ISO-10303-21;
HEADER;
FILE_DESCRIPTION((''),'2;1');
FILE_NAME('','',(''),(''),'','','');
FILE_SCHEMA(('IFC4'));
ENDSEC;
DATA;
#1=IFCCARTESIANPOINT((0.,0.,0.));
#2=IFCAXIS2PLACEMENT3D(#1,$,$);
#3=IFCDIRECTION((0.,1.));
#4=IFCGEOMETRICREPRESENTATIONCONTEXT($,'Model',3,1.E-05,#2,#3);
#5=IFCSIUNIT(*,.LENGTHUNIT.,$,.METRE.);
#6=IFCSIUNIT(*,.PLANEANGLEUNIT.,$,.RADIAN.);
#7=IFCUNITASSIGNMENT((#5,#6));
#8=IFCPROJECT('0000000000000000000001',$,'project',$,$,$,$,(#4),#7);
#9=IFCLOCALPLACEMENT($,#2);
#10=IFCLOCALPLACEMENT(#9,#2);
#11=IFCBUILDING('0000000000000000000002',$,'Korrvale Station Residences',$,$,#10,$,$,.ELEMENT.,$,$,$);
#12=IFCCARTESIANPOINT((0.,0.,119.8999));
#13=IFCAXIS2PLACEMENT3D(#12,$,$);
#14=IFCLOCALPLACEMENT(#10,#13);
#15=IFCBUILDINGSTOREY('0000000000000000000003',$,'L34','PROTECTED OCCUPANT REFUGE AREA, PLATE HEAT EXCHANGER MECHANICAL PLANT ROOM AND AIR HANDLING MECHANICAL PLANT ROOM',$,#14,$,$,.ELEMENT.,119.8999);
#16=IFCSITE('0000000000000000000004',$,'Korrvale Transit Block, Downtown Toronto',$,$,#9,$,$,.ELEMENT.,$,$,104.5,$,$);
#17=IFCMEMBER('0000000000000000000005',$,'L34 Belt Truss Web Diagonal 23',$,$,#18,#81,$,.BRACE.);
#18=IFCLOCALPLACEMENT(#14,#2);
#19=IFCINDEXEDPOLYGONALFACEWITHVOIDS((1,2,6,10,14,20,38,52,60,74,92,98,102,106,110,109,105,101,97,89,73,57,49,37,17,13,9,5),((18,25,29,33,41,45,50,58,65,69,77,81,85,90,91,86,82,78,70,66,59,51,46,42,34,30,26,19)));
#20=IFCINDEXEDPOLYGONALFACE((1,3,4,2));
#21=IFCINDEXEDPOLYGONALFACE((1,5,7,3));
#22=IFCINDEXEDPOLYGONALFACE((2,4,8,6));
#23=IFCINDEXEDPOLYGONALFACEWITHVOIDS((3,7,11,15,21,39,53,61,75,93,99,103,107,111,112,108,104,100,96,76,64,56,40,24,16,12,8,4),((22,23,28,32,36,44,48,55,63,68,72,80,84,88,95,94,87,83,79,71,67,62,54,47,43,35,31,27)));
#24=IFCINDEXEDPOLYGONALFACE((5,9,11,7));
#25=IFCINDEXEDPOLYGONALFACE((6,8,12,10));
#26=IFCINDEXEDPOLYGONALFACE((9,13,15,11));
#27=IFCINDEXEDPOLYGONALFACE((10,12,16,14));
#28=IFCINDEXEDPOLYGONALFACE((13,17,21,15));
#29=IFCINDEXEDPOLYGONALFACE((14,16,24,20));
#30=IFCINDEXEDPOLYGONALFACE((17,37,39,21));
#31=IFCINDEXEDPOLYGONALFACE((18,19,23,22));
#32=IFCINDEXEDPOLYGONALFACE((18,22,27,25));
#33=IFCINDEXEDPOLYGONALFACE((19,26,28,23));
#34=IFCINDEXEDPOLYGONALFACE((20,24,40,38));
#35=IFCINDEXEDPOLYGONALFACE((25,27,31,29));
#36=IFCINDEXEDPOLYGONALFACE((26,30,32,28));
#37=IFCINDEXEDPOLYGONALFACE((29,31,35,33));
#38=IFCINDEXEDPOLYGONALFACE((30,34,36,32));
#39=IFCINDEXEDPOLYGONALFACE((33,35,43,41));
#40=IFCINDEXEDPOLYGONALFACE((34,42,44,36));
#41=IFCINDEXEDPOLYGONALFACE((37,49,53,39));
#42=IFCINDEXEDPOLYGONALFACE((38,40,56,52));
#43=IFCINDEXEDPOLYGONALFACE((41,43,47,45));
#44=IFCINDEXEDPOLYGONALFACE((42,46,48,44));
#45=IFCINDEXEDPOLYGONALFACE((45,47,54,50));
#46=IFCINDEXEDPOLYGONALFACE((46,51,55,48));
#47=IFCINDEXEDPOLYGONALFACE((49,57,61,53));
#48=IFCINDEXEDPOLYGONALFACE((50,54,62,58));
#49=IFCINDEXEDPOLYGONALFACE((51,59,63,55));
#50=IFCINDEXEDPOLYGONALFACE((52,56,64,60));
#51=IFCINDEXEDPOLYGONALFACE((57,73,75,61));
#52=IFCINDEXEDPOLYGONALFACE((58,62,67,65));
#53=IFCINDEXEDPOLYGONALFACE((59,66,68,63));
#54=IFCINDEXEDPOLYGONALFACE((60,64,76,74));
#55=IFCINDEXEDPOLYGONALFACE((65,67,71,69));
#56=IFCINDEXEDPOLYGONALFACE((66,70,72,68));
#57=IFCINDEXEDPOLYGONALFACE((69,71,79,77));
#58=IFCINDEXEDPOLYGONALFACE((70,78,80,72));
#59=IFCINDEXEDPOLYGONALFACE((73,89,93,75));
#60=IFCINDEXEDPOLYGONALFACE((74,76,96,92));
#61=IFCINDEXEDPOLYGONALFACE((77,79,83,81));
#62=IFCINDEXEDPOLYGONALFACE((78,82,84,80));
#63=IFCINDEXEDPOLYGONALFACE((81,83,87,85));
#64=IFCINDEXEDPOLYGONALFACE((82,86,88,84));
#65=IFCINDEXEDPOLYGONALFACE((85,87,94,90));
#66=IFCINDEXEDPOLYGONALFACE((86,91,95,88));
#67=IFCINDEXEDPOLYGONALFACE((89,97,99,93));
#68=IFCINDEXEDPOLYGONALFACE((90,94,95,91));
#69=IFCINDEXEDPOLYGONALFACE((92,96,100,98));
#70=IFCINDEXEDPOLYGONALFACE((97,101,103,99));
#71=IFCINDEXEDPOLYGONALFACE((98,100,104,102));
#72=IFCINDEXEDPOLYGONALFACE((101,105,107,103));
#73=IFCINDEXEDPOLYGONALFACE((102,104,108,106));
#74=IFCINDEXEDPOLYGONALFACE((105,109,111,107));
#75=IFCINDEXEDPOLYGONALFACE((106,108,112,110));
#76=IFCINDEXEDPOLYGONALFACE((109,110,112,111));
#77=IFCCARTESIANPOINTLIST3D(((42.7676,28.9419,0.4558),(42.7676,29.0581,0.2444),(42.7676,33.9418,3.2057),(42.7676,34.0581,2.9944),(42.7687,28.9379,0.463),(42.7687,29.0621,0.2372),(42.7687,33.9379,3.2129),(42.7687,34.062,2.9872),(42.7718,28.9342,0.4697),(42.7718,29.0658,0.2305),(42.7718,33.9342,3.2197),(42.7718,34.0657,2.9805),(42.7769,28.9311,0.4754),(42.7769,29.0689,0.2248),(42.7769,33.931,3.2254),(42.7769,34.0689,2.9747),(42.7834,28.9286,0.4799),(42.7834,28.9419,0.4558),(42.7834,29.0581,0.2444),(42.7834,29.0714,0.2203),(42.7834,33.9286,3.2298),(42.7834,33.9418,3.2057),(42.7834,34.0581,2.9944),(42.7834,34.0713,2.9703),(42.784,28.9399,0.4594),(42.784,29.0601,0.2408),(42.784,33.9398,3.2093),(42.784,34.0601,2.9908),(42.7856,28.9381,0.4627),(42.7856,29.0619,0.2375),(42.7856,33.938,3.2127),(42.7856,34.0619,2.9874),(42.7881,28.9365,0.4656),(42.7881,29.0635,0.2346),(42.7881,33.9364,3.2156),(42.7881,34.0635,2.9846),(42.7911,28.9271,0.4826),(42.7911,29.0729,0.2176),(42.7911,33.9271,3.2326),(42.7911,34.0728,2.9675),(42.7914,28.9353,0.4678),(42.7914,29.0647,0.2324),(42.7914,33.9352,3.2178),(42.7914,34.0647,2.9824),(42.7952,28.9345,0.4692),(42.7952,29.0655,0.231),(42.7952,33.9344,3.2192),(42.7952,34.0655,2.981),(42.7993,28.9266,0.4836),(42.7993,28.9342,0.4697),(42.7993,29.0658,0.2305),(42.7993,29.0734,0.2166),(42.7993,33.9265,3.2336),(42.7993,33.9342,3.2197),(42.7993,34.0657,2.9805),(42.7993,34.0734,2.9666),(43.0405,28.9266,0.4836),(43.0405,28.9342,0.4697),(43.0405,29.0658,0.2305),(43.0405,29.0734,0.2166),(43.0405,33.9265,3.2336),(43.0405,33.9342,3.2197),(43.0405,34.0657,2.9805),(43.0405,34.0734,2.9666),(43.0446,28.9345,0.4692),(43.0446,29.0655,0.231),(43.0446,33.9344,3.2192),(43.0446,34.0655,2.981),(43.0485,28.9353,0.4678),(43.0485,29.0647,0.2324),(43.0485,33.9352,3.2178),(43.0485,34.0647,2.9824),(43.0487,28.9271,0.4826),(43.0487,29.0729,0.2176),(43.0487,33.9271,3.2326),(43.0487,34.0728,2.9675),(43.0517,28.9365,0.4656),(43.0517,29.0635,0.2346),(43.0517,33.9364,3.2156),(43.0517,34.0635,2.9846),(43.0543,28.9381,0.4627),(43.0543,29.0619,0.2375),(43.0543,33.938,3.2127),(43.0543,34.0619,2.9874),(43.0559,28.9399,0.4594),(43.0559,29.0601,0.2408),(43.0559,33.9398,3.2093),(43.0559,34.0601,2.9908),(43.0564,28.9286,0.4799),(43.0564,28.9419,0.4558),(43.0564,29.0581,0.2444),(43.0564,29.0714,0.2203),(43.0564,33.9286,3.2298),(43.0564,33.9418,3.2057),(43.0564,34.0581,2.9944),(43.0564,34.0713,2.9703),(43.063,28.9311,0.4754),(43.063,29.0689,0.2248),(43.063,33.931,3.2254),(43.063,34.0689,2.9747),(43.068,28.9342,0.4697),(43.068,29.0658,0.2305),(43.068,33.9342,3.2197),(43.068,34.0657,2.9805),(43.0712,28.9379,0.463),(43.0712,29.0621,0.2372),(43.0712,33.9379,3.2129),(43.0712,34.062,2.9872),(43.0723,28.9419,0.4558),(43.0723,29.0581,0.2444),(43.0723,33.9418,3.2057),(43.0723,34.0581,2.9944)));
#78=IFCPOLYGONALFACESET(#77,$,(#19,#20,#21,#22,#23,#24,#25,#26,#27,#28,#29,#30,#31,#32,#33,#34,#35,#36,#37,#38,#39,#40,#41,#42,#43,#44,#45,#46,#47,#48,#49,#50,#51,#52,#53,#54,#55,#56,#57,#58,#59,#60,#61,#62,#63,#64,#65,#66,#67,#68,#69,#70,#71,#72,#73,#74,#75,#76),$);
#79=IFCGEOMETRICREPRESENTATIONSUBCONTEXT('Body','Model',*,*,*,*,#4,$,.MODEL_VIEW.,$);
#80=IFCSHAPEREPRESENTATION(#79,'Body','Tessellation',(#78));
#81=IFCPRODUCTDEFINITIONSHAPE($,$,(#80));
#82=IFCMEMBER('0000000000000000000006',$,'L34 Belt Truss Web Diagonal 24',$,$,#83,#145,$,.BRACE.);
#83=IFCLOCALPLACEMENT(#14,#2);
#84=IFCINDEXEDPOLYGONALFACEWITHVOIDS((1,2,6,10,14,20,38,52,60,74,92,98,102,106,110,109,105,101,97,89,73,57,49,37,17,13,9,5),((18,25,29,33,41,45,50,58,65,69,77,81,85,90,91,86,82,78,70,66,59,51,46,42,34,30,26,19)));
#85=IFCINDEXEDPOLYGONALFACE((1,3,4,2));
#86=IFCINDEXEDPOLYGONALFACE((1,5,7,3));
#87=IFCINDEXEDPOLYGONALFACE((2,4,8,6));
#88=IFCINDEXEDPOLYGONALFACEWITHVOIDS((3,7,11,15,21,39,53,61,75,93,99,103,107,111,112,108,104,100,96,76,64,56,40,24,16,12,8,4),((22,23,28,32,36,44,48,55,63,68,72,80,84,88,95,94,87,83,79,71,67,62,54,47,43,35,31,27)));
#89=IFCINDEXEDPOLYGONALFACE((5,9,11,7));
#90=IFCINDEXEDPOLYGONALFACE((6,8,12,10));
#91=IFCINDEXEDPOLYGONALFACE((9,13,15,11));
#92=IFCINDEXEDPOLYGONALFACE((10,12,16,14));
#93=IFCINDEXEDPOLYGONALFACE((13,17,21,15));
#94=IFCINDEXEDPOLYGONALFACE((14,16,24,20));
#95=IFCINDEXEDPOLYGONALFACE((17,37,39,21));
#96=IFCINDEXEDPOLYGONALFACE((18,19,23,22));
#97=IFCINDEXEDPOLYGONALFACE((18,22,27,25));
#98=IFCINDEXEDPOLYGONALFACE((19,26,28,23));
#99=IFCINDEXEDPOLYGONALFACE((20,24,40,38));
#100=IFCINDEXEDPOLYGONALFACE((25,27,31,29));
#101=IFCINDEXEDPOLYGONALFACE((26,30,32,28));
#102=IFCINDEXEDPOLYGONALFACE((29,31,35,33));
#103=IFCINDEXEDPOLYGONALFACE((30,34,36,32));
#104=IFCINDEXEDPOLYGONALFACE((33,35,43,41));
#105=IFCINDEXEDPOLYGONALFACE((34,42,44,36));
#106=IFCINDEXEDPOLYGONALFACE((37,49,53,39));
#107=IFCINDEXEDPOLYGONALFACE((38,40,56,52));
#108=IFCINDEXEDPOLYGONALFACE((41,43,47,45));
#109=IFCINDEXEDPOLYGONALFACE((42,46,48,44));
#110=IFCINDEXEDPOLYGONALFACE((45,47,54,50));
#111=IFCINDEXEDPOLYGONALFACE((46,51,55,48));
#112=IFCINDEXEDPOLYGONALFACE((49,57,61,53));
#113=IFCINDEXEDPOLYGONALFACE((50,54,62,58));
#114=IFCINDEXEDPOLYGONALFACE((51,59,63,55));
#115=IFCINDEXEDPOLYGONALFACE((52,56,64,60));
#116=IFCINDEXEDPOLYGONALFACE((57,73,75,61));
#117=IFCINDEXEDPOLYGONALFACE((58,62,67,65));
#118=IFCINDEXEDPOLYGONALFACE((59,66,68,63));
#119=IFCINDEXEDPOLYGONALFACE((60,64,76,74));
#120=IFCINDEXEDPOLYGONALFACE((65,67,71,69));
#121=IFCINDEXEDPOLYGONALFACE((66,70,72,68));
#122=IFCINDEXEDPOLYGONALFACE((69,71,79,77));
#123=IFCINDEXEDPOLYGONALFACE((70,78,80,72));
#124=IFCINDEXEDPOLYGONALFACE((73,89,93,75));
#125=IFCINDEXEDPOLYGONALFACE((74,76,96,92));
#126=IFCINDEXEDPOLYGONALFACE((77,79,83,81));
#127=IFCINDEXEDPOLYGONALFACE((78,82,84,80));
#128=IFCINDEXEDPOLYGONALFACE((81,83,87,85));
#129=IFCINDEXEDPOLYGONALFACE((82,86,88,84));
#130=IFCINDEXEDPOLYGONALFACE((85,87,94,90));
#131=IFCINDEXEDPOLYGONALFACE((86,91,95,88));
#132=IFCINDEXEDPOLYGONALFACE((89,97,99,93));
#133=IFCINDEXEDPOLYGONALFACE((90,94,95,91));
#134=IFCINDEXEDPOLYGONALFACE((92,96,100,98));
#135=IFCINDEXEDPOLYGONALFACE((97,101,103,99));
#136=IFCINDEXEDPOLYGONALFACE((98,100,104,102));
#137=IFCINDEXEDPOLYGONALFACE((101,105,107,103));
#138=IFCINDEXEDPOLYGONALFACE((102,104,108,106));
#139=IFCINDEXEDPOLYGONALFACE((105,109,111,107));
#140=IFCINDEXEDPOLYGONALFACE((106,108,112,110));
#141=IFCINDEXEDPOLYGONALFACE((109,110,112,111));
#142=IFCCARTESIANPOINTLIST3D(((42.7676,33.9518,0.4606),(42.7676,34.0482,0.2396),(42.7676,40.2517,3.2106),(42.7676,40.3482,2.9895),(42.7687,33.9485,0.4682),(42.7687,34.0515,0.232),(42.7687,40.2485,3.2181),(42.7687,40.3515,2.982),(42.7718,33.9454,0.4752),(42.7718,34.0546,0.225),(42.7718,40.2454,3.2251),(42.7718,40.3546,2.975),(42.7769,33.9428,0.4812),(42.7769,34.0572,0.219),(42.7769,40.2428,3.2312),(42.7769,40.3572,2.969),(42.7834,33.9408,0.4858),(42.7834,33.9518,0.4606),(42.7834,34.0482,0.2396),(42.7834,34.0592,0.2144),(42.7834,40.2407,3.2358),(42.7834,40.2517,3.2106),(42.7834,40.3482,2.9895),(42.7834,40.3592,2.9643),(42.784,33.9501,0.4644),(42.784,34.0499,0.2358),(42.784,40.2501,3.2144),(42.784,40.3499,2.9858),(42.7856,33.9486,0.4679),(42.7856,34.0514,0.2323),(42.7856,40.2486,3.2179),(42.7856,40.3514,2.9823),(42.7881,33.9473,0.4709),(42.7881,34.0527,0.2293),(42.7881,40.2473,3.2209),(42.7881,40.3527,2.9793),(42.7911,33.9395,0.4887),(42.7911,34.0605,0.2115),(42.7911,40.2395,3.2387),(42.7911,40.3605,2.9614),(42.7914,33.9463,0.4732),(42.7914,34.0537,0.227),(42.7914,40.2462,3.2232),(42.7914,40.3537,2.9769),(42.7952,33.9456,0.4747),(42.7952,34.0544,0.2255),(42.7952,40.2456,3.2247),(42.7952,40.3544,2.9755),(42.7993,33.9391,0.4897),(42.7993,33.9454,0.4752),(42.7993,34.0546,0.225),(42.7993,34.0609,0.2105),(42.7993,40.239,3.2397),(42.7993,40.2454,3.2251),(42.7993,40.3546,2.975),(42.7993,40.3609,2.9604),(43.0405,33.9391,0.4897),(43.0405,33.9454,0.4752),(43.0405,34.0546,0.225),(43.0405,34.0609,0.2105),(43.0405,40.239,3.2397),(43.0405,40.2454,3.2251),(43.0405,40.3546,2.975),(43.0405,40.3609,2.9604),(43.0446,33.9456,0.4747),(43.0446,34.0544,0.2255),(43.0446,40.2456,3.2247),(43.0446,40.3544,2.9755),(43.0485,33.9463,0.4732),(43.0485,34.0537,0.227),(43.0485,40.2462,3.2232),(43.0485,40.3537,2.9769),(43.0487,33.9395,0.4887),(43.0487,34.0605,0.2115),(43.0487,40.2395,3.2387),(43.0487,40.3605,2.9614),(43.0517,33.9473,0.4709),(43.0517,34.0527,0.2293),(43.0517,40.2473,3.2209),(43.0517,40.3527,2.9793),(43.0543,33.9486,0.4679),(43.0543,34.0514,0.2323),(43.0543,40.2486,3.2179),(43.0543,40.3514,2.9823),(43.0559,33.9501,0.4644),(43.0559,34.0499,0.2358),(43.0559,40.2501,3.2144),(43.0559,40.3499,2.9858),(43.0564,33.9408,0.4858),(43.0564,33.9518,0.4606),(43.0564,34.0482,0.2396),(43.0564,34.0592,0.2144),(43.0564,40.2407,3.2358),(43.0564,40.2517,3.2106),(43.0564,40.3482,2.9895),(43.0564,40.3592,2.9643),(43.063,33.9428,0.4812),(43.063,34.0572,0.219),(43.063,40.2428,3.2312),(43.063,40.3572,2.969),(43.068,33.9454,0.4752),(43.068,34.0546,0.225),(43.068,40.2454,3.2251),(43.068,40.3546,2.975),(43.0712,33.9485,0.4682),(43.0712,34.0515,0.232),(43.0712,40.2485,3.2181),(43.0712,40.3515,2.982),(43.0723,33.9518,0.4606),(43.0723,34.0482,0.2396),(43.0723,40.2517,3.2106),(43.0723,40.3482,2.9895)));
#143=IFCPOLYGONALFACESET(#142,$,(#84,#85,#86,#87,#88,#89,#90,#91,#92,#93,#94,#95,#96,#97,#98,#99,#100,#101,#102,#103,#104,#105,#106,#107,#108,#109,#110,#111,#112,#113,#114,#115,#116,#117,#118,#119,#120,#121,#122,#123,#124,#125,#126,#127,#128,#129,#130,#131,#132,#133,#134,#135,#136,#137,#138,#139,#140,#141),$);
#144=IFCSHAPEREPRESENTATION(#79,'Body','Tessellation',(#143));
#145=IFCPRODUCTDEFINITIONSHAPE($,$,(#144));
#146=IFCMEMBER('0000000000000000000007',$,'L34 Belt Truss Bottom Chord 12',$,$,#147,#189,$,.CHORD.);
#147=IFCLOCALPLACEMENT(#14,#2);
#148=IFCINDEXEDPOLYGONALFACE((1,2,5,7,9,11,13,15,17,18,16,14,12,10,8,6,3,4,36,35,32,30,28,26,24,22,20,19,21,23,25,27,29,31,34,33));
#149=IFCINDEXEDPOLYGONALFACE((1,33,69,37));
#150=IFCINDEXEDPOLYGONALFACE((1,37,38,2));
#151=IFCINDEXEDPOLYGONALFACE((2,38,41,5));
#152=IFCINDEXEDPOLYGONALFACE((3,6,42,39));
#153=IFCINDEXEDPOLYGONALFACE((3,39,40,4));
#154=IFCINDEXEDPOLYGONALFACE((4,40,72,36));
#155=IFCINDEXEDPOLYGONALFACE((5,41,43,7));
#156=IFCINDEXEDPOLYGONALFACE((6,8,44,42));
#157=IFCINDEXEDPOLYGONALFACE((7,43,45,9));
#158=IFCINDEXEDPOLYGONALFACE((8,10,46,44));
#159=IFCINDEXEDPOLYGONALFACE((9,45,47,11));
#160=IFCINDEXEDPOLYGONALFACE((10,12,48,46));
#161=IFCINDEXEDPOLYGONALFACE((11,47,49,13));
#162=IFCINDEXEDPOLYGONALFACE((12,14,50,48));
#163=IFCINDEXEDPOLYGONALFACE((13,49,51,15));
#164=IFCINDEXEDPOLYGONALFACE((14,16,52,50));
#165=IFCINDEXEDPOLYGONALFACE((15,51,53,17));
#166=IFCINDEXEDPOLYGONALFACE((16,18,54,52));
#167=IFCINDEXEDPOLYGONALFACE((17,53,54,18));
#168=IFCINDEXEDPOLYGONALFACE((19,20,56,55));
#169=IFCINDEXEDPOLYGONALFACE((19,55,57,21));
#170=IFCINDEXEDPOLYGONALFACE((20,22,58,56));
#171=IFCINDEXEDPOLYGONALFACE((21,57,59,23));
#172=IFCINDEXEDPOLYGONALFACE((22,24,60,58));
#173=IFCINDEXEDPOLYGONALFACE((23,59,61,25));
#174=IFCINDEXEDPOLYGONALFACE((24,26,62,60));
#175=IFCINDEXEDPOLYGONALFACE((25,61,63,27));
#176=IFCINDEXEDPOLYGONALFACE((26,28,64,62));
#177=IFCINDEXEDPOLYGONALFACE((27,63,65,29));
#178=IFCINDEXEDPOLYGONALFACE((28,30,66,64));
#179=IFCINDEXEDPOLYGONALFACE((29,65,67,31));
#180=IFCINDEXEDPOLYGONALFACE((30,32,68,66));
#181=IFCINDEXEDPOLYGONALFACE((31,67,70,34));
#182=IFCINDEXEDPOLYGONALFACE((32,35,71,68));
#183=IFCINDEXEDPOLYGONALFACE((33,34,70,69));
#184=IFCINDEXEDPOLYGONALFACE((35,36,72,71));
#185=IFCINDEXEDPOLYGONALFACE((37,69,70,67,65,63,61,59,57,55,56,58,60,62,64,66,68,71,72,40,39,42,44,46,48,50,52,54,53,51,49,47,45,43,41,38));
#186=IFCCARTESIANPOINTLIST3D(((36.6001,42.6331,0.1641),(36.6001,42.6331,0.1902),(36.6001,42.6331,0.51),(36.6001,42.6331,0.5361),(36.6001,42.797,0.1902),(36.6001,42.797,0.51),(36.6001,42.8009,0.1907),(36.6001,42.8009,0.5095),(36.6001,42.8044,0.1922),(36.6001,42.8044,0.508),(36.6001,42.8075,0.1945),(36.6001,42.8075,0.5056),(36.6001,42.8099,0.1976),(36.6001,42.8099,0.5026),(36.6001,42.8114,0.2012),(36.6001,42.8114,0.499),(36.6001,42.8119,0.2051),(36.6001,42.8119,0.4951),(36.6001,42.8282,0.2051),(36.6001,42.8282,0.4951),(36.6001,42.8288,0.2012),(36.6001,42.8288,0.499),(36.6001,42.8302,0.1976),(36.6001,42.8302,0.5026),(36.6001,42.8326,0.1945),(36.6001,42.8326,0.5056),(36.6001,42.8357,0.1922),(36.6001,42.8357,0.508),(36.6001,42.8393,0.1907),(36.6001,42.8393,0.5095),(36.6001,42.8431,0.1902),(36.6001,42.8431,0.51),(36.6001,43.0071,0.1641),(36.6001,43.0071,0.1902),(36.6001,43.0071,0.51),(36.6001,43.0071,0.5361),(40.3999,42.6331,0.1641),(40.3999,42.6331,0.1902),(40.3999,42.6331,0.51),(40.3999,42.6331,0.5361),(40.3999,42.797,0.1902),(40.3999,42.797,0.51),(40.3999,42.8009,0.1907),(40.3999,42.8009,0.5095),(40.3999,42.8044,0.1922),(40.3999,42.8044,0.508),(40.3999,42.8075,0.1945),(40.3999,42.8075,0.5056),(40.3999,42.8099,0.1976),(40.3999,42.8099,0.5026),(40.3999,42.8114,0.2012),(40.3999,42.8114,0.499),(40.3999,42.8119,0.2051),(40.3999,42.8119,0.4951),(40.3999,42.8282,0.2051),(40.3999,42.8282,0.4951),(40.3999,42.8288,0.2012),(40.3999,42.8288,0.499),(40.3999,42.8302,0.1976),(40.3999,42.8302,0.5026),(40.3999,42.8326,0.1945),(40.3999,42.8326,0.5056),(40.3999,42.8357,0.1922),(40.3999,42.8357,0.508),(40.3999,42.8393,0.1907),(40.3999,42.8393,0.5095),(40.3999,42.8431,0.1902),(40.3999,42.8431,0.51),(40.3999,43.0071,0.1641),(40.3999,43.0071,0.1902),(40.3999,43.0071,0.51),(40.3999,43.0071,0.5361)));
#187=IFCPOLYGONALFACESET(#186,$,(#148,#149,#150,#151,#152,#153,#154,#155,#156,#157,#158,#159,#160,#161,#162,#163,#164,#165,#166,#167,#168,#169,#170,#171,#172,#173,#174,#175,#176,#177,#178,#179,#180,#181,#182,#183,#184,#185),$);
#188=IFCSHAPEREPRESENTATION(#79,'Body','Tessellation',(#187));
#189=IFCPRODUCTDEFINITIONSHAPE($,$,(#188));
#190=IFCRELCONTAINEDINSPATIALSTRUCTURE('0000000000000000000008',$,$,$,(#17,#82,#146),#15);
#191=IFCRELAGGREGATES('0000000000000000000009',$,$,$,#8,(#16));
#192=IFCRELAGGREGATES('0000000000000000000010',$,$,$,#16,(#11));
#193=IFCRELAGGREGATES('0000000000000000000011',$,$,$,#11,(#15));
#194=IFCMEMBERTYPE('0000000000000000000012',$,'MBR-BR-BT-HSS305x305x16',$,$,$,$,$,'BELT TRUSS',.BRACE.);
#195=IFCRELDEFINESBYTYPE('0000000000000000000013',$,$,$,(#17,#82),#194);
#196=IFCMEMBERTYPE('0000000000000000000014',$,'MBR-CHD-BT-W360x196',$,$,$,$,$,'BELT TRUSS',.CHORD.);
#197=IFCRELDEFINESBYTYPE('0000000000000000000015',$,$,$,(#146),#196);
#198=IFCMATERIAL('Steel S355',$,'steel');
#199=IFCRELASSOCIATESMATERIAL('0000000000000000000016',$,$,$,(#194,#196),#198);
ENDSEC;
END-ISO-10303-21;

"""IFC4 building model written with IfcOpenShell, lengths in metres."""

from ifc_helpers import new_model, si_unit, direction, frame, origin, origin_2d, place, context, subcontext, project, spatial, hollow_rectangle, i_section, extrude, material, material_profile, profile_set, type_object, element, save


model = new_model("IFC4")

# Units and contexts
model_context = context("Model", 3, precision=1e-05, world=origin(), true_north=direction((0.0, 1.0)))
body_context = subcontext(model_context, "Body", "Model", "MODEL_VIEW")
ifc_project = project(units=[si_unit("LENGTHUNIT", "METRE"), si_unit("PLANEANGLEUNIT", "RADIAN")], contexts=[model_context])

# Site, building, storey
site_placement = place(None, origin())
site = spatial("IfcSite", under=ifc_project, at=site_placement, Name="Korrvale Transit Block, Downtown Toronto", CompositionType="ELEMENT", RefElevation=104.5)
building_placement = place(site_placement, origin())
building = spatial("IfcBuilding", under=site, at=building_placement, Name="Korrvale Station Residences", CompositionType="ELEMENT")
storey_placement = place(building_placement, frame((0.0, 0.0, 119.8999)))
storey = spatial("IfcBuildingStorey", under=building, at=storey_placement, Name="L34", Description="PROTECTED OCCUPANT REFUGE AREA, PLATE HEAT EXCHANGER MECHANICAL PLANT ROOM AND AIR HANDLING MECHANICAL PLANT ROOM", CompositionType="ELEMENT", Elevation=119.8999)

# Members
ifc_material_1 = material(Name="Steel S355", Category="steel")
ifc_material_profile_1 = material_profile(ifc_material_1, hollow_rectangle(XDim=0.3047, YDim=0.3047, WallThickness=0.0159, InnerFilletRadius=0.0159, OuterFilletRadius=0.0317, at=origin_2d()), Name="HSS305x305x16")
ifc_profile_set_1 = profile_set([ifc_material_profile_1], Name="Steel S355")
member_type_1 = type_object("IfcMemberType", Name="MBR-BR-BT-HSS305x305x16", ElementType="BELT TRUSS", PredefinedType="BRACE", material=ifc_profile_set_1)
member_1_placement = place(storey_placement, frame((42.9199, 29.0, 0.3501), z_axis=(0.0, 0.876216, 0.481919), x_axis=(-1.0, 0.0, 0.0)))
element("IfcMember", 1, at=member_1_placement, inside=storey, type_object=member_type_1, Name="L34 Belt Truss Web Diagonal 23", PredefinedType="BRACE", context=body_context, shape_type="SweptSolid", body=[
    extrude(hollow_rectangle(XDim=0.3047, YDim=0.3047, WallThickness=0.0159, InnerFilletRadius=0.0159, OuterFilletRadius=0.0317, at=origin_2d()), origin(), (0.0, 0.0, 1.0), 5.7063),
])
member_2_placement = place(storey_placement, frame((42.9199, 34.0, 0.3501), z_axis=(0.0, 0.916492, 0.400053), x_axis=(-1.0, 0.0, 0.0)))
element("IfcMember", 2, at=member_2_placement, inside=storey, type_object=member_type_1, Name="L34 Belt Truss Web Diagonal 24", PredefinedType="BRACE", context=body_context, shape_type="SweptSolid", body=[
    extrude(hollow_rectangle(XDim=0.3047, YDim=0.3047, WallThickness=0.0159, InnerFilletRadius=0.0159, OuterFilletRadius=0.0317, at=origin_2d()), origin(), (0.0, 0.0, 1.0), 6.874),
])
ifc_material_profile_2 = material_profile(ifc_material_1, i_section(OverallWidth=0.374, OverallDepth=0.3721, WebThickness=0.0164, FlangeThickness=0.0261, FilletRadius=0.0149, at=origin_2d()), Name="W360x196")
ifc_profile_set_2 = profile_set([ifc_material_profile_2], Name="Steel S355")
member_type_2 = type_object("IfcMemberType", Name="MBR-CHD-BT-W360x196", ElementType="BELT TRUSS", PredefinedType="CHORD", material=ifc_profile_set_2)
member_3_placement = place(storey_placement, frame((36.6001, 42.8201, 0.3501), z_axis=(1.0, 0.0, 0.0), x_axis=(0.0, 1.0, 0.0)))
element("IfcMember", 3, at=member_3_placement, inside=storey, type_object=member_type_2, Name="L34 Belt Truss Bottom Chord 12", PredefinedType="CHORD", context=body_context, shape_type="SweptSolid", body=[
    extrude(i_section(OverallWidth=0.374, OverallDepth=0.3721, WebThickness=0.0164, FlangeThickness=0.0261, FilletRadius=0.0149, at=origin_2d()), origin(), (0.0, 0.0, 1.0), 3.7998),
])

save(model, "model.ifc")
